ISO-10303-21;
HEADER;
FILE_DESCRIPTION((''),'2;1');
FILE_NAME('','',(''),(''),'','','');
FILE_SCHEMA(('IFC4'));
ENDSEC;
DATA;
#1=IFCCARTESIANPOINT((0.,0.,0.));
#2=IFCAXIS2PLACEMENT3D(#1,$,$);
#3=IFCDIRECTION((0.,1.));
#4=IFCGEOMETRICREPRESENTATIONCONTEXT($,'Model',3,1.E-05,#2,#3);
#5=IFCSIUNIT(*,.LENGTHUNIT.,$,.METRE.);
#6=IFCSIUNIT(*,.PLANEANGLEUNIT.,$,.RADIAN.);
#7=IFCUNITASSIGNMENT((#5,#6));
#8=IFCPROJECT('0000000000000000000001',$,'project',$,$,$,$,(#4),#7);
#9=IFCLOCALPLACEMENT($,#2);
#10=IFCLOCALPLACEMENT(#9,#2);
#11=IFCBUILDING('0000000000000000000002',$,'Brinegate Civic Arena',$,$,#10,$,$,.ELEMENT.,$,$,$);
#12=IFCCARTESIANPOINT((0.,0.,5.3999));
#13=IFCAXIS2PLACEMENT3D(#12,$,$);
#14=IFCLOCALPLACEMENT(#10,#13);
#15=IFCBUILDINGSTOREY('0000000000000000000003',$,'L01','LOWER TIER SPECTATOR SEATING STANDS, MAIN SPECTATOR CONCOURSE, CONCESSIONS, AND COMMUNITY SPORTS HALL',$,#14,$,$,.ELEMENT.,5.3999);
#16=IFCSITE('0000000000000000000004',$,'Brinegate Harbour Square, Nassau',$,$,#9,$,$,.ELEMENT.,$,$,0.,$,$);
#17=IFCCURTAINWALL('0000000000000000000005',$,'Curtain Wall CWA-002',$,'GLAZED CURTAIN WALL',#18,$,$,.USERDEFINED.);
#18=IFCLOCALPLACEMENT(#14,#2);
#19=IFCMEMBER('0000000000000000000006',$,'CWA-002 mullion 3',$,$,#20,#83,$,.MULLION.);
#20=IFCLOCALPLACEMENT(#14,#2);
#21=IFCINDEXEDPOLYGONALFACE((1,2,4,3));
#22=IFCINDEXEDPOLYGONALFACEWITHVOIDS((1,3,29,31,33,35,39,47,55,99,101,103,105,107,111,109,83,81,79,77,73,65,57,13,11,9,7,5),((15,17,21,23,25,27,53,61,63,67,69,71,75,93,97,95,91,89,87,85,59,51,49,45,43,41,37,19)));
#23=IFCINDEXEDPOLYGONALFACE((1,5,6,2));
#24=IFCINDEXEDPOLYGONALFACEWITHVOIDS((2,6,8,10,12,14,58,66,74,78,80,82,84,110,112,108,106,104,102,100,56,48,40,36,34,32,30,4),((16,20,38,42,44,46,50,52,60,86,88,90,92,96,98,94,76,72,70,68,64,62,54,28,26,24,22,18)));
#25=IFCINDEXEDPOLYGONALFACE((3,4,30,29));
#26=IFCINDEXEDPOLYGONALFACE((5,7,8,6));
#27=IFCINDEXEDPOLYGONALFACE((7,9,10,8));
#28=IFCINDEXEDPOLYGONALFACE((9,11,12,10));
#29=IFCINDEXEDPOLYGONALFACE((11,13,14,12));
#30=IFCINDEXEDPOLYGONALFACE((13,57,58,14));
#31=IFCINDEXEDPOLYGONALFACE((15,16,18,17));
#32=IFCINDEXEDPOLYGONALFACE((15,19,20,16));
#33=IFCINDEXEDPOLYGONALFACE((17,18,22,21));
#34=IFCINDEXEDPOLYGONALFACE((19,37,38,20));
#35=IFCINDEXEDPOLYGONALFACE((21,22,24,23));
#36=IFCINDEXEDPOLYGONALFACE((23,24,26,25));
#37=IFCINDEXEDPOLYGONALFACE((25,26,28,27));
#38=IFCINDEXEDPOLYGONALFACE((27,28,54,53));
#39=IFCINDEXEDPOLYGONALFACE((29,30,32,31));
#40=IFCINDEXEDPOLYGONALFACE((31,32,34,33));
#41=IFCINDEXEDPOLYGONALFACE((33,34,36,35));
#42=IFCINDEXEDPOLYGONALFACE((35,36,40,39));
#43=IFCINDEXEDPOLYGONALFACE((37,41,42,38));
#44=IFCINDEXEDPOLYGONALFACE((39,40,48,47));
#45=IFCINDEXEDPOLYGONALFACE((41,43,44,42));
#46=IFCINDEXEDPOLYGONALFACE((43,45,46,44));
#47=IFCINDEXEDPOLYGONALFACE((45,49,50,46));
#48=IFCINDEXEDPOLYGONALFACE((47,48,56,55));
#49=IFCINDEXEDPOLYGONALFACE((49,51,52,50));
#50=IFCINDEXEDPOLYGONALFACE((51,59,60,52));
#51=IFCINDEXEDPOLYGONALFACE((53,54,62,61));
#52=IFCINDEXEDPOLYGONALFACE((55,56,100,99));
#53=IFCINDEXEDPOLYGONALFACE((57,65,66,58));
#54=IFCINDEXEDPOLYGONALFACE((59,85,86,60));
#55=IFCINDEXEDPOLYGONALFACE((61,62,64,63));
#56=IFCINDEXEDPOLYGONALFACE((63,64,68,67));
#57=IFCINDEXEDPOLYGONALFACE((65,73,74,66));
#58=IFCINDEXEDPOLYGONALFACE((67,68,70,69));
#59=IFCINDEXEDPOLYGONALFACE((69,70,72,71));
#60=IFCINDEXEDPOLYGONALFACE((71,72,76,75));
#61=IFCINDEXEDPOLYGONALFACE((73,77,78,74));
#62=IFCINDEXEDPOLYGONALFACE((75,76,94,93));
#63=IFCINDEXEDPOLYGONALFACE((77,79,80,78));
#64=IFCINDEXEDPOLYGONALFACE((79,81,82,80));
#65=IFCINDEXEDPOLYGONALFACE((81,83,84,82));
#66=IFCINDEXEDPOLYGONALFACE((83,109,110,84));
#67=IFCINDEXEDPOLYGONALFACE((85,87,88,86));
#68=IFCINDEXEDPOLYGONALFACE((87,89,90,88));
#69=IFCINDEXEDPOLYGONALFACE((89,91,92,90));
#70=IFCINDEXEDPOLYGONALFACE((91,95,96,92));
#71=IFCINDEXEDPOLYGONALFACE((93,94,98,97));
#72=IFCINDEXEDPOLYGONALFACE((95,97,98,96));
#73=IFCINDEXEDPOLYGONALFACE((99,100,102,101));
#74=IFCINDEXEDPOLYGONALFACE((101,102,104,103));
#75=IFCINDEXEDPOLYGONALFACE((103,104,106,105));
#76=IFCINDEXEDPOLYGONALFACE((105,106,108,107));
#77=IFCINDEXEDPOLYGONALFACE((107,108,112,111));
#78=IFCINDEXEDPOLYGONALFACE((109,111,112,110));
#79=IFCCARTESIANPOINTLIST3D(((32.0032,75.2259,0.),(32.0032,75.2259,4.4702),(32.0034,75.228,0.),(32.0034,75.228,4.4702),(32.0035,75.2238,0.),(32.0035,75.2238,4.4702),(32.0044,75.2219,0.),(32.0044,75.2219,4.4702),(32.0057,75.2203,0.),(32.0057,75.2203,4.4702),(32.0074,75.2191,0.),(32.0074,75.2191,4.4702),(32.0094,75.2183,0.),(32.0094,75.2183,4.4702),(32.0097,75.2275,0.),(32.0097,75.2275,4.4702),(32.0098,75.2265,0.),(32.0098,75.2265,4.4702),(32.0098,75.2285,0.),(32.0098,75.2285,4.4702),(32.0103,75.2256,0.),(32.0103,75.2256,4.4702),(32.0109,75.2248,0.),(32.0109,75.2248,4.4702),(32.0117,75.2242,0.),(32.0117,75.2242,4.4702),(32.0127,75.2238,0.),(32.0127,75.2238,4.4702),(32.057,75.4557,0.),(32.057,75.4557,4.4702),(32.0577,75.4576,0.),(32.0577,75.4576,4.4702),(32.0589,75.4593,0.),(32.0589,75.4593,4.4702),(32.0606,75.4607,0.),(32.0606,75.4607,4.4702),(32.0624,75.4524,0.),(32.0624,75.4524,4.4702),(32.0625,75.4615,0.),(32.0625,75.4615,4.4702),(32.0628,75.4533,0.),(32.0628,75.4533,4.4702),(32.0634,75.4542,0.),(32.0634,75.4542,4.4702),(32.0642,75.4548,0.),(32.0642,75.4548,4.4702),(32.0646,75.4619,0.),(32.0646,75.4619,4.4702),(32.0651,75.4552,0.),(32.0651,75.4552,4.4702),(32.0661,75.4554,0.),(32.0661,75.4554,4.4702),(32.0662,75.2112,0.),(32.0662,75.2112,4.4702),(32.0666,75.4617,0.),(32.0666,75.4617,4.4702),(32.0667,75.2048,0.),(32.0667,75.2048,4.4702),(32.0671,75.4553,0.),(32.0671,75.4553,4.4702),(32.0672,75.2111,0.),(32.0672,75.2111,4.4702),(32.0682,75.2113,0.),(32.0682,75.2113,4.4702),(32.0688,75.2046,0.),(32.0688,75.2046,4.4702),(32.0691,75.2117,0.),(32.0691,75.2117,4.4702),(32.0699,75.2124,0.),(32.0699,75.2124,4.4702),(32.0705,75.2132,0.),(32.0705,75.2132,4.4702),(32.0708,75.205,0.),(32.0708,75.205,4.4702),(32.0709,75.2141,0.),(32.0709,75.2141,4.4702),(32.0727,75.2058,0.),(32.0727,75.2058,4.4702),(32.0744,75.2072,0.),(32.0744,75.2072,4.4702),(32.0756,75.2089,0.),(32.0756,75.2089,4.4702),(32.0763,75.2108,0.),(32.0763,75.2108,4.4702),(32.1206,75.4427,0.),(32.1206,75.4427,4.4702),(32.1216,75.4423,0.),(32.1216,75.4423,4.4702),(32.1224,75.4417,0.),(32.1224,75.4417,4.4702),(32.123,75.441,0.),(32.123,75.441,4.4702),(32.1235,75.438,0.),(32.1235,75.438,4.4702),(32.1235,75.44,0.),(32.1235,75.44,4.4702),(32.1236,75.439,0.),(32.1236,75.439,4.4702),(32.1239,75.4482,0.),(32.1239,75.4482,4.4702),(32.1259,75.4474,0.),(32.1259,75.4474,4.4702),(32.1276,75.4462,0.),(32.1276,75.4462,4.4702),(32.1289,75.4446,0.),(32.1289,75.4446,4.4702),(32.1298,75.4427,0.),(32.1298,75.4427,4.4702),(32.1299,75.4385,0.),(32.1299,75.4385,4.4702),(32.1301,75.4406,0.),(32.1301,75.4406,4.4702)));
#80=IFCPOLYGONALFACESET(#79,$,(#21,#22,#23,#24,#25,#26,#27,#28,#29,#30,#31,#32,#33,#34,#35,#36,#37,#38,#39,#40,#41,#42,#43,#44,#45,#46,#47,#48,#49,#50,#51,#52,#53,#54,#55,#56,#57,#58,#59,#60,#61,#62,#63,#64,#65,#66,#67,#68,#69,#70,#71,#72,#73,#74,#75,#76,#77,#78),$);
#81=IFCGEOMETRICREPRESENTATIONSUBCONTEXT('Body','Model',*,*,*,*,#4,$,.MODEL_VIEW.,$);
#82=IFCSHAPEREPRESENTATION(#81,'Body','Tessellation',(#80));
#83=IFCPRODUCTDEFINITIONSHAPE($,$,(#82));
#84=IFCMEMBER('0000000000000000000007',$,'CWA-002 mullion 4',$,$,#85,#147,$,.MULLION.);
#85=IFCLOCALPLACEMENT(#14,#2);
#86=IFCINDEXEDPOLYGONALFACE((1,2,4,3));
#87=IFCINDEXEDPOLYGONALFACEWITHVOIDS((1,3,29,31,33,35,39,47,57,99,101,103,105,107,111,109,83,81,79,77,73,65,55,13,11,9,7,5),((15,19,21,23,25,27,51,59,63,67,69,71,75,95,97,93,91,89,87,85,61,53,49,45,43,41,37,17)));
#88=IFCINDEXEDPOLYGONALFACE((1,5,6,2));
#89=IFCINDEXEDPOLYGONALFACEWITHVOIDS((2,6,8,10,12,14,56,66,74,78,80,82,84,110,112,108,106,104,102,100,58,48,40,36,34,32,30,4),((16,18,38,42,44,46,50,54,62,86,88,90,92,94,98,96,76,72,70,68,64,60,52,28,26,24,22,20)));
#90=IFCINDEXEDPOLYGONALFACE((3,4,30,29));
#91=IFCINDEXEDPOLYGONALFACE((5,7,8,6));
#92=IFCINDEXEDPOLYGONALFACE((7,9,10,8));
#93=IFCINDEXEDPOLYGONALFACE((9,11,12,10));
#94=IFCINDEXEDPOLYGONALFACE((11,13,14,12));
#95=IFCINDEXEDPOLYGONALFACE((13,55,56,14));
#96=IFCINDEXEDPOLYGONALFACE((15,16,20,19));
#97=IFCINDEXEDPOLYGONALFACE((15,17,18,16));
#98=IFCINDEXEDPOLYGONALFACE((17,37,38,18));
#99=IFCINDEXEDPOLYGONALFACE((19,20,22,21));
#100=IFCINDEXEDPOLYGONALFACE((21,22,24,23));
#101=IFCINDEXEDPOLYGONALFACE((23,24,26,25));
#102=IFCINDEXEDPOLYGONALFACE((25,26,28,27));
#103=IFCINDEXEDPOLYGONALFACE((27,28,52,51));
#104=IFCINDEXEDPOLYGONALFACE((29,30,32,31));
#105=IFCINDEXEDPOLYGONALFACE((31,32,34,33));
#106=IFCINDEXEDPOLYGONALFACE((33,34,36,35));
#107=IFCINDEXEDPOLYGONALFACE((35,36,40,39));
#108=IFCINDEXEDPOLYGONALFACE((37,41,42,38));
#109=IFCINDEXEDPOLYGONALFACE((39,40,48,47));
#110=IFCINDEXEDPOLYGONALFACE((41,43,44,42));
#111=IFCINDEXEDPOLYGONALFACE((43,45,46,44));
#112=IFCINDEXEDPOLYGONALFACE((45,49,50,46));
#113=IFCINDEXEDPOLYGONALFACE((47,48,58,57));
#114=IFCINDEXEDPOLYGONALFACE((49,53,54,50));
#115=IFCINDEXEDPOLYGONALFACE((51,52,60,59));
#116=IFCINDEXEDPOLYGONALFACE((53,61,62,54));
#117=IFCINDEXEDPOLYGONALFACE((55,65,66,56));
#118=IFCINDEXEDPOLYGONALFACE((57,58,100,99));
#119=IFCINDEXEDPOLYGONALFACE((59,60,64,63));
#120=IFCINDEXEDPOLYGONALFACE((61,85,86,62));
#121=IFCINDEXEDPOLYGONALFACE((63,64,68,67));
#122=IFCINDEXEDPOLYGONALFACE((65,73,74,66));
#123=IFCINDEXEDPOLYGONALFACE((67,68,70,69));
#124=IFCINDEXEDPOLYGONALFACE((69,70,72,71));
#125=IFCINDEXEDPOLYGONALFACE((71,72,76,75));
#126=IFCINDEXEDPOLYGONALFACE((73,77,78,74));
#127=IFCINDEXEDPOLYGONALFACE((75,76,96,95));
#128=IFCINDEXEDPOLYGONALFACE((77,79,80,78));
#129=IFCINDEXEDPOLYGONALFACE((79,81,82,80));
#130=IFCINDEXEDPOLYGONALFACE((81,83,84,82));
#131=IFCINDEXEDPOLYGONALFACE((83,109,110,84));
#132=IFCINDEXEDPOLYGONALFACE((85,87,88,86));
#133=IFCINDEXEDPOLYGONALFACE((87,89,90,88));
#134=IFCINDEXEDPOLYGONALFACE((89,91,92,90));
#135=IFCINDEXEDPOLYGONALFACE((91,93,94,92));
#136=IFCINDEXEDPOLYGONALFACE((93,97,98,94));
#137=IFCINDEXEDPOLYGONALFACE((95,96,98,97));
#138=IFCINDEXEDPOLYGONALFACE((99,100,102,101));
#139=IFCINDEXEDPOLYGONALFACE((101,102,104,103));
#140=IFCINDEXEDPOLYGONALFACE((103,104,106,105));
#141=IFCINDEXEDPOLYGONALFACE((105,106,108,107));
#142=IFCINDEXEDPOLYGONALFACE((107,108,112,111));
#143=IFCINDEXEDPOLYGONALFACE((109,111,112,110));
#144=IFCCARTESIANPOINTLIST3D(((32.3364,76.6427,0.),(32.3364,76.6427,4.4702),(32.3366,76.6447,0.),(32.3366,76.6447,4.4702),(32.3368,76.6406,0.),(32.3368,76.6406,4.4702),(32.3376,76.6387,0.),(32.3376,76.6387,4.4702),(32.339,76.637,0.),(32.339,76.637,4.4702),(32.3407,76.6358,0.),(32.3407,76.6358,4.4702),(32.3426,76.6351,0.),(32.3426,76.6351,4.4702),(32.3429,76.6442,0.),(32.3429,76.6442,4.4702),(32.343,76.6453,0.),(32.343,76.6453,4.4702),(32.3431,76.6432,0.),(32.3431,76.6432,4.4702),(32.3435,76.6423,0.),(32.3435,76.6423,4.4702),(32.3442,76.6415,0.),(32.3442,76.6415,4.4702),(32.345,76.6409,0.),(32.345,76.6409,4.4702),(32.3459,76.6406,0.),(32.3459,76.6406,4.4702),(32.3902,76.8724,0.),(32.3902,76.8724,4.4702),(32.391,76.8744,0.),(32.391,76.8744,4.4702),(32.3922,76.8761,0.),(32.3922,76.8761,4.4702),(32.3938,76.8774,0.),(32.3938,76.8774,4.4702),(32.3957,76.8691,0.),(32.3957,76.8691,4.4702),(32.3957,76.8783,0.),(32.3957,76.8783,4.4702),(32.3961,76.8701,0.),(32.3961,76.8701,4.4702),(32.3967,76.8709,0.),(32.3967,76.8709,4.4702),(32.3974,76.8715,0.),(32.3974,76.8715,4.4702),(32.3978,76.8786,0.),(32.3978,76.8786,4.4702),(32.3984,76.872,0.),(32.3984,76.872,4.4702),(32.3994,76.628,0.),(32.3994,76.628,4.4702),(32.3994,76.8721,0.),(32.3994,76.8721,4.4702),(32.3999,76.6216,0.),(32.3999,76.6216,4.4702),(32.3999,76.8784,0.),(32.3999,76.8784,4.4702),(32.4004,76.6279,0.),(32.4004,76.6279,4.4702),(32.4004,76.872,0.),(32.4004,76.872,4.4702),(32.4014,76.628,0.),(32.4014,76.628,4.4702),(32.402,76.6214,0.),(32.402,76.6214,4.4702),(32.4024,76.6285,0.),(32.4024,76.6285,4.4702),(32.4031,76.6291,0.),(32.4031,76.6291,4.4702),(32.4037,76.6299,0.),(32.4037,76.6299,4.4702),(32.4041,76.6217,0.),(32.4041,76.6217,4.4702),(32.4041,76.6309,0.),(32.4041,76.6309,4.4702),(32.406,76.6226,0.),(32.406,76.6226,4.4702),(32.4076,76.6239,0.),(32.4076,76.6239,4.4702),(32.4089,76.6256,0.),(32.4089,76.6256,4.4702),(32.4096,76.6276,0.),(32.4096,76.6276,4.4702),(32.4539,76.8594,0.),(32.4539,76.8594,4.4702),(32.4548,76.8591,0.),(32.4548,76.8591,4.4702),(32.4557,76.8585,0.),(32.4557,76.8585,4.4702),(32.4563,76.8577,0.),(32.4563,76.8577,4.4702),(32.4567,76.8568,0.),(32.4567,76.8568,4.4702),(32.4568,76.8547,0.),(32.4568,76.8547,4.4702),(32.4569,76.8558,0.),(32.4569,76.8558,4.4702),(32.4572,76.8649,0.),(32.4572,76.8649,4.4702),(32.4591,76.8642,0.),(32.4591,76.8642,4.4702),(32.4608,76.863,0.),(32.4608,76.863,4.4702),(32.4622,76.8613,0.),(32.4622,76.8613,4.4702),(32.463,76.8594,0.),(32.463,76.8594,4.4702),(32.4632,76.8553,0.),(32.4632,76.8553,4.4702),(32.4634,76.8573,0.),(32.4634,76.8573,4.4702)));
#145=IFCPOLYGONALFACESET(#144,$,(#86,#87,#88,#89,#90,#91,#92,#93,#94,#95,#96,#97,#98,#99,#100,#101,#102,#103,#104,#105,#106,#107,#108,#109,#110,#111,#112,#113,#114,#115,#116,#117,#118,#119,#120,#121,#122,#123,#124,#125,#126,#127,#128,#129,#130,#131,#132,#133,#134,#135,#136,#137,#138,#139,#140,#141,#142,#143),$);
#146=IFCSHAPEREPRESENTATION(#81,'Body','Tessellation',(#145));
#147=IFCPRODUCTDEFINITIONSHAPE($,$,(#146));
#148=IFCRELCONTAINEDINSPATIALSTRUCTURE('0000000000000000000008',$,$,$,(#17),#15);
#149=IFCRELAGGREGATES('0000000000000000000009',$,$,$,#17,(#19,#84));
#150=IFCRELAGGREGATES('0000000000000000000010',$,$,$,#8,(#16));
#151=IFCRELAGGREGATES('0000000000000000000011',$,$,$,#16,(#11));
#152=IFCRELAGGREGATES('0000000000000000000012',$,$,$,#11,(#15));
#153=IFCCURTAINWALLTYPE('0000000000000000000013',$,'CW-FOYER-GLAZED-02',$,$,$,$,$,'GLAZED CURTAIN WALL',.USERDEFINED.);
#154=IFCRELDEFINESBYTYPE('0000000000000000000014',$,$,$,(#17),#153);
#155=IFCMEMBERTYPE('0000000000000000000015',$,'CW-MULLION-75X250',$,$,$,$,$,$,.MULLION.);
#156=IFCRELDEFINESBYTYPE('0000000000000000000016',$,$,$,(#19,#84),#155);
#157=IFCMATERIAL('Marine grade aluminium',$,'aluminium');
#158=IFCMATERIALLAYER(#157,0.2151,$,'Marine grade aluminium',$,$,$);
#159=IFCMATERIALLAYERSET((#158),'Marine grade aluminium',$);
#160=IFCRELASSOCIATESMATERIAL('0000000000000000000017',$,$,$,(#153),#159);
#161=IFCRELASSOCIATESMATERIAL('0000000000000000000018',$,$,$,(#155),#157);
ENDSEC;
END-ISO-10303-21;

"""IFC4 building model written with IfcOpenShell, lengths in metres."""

from ifc_helpers import new_model, si_unit, direction, frame, origin, origin_2d, place, context, subcontext, project, spatial, hollow_rectangle, extrude, material, layer, layer_set, material_profile, profile_set, type_object, element, aggregate, save


model = new_model("IFC4")

# Units and contexts
model_context = context("Model", 3, precision=1e-05, world=origin(), true_north=direction((0.0, 1.0)))
body_context = subcontext(model_context, "Body", "Model", "MODEL_VIEW")
ifc_project = project(units=[si_unit("LENGTHUNIT", "METRE"), si_unit("PLANEANGLEUNIT", "RADIAN")], contexts=[model_context])

# Site, building, storey
site_placement = place(None, origin())
site = spatial("IfcSite", under=ifc_project, at=site_placement, Name="Brinegate Harbour Square, Nassau", CompositionType="ELEMENT", RefElevation=0.0)
building_placement = place(site_placement, origin())
building = spatial("IfcBuilding", under=site, at=building_placement, Name="Brinegate Civic Arena", CompositionType="ELEMENT")
storey_placement = place(building_placement, frame((0.0, 0.0, 5.3999)))
storey = spatial("IfcBuildingStorey", under=building, at=storey_placement, Name="L01", Description="LOWER TIER SPECTATOR SEATING STANDS, MAIN SPECTATOR CONCOURSE, CONCESSIONS, AND COMMUNITY SPORTS HALL", CompositionType="ELEMENT", Elevation=5.3999)

# Curtain wall, members
ifc_material_1 = material(Name="Marine grade aluminium", Category="aluminium")
ifc_layer_1 = layer(ifc_material_1, 0.2151, Name="Marine grade aluminium")
ifc_layer_set_1 = layer_set([ifc_layer_1], Name="Marine grade aluminium")
curtain_wall_type = type_object("IfcCurtainWallType", Name="CW-FOYER-GLAZED-02", ElementType="GLAZED CURTAIN WALL", PredefinedType="USERDEFINED", material=ifc_layer_set_1)
curtain_wall_placement = place(storey_placement, origin())
curtain_wall = element("IfcCurtainWall", 1, at=curtain_wall_placement, inside=storey, type_object=curtain_wall_type, Name="Curtain Wall CWA-002", ObjectType="GLAZED CURTAIN WALL", PredefinedType="USERDEFINED")
ifc_material_profile_1 = material_profile(ifc_material_1, hollow_rectangle(XDim=0.075, YDim=0.25, WallThickness=0.0061, InnerFilletRadius=0.0039, OuterFilletRadius=0.0081, at=origin_2d()), Name="MUL75X250")
ifc_profile_set_1 = profile_set([ifc_material_profile_1], Name="Marine grade aluminium")
member_type_1 = type_object("IfcMemberType", Name="CW-MULLION-75X250", PredefinedType="MULLION", material=ifc_profile_set_1)
member_1_placement = place(storey_placement, frame((32.0667, 75.3333, 0.0), z_axis=(0.0, 0.0, 1.0), x_axis=(-0.973417, 0.229039, 0.0)))
member_1 = element("IfcMember", 2, at=member_1_placement, type_object=member_type_1, Name="CWA-002 mullion 3", PredefinedType="MULLION", context=body_context, shape_type="SweptSolid", body=[
    extrude(hollow_rectangle(XDim=0.075, YDim=0.25, WallThickness=0.0061, InnerFilletRadius=0.0039, OuterFilletRadius=0.0081, at=origin_2d()), origin(), (0.0, 0.0, 1.0), 4.4702),
])
member_2_placement = place(storey_placement, frame((32.3999, 76.75, 0.0), z_axis=(0.0, 0.0, 1.0), x_axis=(-0.973417, 0.229039, 0.0)))
member_2 = element("IfcMember", 3, at=member_2_placement, type_object=member_type_1, Name="CWA-002 mullion 4", PredefinedType="MULLION", context=body_context, shape_type="SweptSolid", body=[
    extrude(hollow_rectangle(XDim=0.075, YDim=0.25, WallThickness=0.0061, InnerFilletRadius=0.0039, OuterFilletRadius=0.0081, at=origin_2d()), origin(), (0.0, 0.0, 1.0), 4.4702),
])
aggregate(curtain_wall, [member_1, member_2])

save(model, "model.ifc")
